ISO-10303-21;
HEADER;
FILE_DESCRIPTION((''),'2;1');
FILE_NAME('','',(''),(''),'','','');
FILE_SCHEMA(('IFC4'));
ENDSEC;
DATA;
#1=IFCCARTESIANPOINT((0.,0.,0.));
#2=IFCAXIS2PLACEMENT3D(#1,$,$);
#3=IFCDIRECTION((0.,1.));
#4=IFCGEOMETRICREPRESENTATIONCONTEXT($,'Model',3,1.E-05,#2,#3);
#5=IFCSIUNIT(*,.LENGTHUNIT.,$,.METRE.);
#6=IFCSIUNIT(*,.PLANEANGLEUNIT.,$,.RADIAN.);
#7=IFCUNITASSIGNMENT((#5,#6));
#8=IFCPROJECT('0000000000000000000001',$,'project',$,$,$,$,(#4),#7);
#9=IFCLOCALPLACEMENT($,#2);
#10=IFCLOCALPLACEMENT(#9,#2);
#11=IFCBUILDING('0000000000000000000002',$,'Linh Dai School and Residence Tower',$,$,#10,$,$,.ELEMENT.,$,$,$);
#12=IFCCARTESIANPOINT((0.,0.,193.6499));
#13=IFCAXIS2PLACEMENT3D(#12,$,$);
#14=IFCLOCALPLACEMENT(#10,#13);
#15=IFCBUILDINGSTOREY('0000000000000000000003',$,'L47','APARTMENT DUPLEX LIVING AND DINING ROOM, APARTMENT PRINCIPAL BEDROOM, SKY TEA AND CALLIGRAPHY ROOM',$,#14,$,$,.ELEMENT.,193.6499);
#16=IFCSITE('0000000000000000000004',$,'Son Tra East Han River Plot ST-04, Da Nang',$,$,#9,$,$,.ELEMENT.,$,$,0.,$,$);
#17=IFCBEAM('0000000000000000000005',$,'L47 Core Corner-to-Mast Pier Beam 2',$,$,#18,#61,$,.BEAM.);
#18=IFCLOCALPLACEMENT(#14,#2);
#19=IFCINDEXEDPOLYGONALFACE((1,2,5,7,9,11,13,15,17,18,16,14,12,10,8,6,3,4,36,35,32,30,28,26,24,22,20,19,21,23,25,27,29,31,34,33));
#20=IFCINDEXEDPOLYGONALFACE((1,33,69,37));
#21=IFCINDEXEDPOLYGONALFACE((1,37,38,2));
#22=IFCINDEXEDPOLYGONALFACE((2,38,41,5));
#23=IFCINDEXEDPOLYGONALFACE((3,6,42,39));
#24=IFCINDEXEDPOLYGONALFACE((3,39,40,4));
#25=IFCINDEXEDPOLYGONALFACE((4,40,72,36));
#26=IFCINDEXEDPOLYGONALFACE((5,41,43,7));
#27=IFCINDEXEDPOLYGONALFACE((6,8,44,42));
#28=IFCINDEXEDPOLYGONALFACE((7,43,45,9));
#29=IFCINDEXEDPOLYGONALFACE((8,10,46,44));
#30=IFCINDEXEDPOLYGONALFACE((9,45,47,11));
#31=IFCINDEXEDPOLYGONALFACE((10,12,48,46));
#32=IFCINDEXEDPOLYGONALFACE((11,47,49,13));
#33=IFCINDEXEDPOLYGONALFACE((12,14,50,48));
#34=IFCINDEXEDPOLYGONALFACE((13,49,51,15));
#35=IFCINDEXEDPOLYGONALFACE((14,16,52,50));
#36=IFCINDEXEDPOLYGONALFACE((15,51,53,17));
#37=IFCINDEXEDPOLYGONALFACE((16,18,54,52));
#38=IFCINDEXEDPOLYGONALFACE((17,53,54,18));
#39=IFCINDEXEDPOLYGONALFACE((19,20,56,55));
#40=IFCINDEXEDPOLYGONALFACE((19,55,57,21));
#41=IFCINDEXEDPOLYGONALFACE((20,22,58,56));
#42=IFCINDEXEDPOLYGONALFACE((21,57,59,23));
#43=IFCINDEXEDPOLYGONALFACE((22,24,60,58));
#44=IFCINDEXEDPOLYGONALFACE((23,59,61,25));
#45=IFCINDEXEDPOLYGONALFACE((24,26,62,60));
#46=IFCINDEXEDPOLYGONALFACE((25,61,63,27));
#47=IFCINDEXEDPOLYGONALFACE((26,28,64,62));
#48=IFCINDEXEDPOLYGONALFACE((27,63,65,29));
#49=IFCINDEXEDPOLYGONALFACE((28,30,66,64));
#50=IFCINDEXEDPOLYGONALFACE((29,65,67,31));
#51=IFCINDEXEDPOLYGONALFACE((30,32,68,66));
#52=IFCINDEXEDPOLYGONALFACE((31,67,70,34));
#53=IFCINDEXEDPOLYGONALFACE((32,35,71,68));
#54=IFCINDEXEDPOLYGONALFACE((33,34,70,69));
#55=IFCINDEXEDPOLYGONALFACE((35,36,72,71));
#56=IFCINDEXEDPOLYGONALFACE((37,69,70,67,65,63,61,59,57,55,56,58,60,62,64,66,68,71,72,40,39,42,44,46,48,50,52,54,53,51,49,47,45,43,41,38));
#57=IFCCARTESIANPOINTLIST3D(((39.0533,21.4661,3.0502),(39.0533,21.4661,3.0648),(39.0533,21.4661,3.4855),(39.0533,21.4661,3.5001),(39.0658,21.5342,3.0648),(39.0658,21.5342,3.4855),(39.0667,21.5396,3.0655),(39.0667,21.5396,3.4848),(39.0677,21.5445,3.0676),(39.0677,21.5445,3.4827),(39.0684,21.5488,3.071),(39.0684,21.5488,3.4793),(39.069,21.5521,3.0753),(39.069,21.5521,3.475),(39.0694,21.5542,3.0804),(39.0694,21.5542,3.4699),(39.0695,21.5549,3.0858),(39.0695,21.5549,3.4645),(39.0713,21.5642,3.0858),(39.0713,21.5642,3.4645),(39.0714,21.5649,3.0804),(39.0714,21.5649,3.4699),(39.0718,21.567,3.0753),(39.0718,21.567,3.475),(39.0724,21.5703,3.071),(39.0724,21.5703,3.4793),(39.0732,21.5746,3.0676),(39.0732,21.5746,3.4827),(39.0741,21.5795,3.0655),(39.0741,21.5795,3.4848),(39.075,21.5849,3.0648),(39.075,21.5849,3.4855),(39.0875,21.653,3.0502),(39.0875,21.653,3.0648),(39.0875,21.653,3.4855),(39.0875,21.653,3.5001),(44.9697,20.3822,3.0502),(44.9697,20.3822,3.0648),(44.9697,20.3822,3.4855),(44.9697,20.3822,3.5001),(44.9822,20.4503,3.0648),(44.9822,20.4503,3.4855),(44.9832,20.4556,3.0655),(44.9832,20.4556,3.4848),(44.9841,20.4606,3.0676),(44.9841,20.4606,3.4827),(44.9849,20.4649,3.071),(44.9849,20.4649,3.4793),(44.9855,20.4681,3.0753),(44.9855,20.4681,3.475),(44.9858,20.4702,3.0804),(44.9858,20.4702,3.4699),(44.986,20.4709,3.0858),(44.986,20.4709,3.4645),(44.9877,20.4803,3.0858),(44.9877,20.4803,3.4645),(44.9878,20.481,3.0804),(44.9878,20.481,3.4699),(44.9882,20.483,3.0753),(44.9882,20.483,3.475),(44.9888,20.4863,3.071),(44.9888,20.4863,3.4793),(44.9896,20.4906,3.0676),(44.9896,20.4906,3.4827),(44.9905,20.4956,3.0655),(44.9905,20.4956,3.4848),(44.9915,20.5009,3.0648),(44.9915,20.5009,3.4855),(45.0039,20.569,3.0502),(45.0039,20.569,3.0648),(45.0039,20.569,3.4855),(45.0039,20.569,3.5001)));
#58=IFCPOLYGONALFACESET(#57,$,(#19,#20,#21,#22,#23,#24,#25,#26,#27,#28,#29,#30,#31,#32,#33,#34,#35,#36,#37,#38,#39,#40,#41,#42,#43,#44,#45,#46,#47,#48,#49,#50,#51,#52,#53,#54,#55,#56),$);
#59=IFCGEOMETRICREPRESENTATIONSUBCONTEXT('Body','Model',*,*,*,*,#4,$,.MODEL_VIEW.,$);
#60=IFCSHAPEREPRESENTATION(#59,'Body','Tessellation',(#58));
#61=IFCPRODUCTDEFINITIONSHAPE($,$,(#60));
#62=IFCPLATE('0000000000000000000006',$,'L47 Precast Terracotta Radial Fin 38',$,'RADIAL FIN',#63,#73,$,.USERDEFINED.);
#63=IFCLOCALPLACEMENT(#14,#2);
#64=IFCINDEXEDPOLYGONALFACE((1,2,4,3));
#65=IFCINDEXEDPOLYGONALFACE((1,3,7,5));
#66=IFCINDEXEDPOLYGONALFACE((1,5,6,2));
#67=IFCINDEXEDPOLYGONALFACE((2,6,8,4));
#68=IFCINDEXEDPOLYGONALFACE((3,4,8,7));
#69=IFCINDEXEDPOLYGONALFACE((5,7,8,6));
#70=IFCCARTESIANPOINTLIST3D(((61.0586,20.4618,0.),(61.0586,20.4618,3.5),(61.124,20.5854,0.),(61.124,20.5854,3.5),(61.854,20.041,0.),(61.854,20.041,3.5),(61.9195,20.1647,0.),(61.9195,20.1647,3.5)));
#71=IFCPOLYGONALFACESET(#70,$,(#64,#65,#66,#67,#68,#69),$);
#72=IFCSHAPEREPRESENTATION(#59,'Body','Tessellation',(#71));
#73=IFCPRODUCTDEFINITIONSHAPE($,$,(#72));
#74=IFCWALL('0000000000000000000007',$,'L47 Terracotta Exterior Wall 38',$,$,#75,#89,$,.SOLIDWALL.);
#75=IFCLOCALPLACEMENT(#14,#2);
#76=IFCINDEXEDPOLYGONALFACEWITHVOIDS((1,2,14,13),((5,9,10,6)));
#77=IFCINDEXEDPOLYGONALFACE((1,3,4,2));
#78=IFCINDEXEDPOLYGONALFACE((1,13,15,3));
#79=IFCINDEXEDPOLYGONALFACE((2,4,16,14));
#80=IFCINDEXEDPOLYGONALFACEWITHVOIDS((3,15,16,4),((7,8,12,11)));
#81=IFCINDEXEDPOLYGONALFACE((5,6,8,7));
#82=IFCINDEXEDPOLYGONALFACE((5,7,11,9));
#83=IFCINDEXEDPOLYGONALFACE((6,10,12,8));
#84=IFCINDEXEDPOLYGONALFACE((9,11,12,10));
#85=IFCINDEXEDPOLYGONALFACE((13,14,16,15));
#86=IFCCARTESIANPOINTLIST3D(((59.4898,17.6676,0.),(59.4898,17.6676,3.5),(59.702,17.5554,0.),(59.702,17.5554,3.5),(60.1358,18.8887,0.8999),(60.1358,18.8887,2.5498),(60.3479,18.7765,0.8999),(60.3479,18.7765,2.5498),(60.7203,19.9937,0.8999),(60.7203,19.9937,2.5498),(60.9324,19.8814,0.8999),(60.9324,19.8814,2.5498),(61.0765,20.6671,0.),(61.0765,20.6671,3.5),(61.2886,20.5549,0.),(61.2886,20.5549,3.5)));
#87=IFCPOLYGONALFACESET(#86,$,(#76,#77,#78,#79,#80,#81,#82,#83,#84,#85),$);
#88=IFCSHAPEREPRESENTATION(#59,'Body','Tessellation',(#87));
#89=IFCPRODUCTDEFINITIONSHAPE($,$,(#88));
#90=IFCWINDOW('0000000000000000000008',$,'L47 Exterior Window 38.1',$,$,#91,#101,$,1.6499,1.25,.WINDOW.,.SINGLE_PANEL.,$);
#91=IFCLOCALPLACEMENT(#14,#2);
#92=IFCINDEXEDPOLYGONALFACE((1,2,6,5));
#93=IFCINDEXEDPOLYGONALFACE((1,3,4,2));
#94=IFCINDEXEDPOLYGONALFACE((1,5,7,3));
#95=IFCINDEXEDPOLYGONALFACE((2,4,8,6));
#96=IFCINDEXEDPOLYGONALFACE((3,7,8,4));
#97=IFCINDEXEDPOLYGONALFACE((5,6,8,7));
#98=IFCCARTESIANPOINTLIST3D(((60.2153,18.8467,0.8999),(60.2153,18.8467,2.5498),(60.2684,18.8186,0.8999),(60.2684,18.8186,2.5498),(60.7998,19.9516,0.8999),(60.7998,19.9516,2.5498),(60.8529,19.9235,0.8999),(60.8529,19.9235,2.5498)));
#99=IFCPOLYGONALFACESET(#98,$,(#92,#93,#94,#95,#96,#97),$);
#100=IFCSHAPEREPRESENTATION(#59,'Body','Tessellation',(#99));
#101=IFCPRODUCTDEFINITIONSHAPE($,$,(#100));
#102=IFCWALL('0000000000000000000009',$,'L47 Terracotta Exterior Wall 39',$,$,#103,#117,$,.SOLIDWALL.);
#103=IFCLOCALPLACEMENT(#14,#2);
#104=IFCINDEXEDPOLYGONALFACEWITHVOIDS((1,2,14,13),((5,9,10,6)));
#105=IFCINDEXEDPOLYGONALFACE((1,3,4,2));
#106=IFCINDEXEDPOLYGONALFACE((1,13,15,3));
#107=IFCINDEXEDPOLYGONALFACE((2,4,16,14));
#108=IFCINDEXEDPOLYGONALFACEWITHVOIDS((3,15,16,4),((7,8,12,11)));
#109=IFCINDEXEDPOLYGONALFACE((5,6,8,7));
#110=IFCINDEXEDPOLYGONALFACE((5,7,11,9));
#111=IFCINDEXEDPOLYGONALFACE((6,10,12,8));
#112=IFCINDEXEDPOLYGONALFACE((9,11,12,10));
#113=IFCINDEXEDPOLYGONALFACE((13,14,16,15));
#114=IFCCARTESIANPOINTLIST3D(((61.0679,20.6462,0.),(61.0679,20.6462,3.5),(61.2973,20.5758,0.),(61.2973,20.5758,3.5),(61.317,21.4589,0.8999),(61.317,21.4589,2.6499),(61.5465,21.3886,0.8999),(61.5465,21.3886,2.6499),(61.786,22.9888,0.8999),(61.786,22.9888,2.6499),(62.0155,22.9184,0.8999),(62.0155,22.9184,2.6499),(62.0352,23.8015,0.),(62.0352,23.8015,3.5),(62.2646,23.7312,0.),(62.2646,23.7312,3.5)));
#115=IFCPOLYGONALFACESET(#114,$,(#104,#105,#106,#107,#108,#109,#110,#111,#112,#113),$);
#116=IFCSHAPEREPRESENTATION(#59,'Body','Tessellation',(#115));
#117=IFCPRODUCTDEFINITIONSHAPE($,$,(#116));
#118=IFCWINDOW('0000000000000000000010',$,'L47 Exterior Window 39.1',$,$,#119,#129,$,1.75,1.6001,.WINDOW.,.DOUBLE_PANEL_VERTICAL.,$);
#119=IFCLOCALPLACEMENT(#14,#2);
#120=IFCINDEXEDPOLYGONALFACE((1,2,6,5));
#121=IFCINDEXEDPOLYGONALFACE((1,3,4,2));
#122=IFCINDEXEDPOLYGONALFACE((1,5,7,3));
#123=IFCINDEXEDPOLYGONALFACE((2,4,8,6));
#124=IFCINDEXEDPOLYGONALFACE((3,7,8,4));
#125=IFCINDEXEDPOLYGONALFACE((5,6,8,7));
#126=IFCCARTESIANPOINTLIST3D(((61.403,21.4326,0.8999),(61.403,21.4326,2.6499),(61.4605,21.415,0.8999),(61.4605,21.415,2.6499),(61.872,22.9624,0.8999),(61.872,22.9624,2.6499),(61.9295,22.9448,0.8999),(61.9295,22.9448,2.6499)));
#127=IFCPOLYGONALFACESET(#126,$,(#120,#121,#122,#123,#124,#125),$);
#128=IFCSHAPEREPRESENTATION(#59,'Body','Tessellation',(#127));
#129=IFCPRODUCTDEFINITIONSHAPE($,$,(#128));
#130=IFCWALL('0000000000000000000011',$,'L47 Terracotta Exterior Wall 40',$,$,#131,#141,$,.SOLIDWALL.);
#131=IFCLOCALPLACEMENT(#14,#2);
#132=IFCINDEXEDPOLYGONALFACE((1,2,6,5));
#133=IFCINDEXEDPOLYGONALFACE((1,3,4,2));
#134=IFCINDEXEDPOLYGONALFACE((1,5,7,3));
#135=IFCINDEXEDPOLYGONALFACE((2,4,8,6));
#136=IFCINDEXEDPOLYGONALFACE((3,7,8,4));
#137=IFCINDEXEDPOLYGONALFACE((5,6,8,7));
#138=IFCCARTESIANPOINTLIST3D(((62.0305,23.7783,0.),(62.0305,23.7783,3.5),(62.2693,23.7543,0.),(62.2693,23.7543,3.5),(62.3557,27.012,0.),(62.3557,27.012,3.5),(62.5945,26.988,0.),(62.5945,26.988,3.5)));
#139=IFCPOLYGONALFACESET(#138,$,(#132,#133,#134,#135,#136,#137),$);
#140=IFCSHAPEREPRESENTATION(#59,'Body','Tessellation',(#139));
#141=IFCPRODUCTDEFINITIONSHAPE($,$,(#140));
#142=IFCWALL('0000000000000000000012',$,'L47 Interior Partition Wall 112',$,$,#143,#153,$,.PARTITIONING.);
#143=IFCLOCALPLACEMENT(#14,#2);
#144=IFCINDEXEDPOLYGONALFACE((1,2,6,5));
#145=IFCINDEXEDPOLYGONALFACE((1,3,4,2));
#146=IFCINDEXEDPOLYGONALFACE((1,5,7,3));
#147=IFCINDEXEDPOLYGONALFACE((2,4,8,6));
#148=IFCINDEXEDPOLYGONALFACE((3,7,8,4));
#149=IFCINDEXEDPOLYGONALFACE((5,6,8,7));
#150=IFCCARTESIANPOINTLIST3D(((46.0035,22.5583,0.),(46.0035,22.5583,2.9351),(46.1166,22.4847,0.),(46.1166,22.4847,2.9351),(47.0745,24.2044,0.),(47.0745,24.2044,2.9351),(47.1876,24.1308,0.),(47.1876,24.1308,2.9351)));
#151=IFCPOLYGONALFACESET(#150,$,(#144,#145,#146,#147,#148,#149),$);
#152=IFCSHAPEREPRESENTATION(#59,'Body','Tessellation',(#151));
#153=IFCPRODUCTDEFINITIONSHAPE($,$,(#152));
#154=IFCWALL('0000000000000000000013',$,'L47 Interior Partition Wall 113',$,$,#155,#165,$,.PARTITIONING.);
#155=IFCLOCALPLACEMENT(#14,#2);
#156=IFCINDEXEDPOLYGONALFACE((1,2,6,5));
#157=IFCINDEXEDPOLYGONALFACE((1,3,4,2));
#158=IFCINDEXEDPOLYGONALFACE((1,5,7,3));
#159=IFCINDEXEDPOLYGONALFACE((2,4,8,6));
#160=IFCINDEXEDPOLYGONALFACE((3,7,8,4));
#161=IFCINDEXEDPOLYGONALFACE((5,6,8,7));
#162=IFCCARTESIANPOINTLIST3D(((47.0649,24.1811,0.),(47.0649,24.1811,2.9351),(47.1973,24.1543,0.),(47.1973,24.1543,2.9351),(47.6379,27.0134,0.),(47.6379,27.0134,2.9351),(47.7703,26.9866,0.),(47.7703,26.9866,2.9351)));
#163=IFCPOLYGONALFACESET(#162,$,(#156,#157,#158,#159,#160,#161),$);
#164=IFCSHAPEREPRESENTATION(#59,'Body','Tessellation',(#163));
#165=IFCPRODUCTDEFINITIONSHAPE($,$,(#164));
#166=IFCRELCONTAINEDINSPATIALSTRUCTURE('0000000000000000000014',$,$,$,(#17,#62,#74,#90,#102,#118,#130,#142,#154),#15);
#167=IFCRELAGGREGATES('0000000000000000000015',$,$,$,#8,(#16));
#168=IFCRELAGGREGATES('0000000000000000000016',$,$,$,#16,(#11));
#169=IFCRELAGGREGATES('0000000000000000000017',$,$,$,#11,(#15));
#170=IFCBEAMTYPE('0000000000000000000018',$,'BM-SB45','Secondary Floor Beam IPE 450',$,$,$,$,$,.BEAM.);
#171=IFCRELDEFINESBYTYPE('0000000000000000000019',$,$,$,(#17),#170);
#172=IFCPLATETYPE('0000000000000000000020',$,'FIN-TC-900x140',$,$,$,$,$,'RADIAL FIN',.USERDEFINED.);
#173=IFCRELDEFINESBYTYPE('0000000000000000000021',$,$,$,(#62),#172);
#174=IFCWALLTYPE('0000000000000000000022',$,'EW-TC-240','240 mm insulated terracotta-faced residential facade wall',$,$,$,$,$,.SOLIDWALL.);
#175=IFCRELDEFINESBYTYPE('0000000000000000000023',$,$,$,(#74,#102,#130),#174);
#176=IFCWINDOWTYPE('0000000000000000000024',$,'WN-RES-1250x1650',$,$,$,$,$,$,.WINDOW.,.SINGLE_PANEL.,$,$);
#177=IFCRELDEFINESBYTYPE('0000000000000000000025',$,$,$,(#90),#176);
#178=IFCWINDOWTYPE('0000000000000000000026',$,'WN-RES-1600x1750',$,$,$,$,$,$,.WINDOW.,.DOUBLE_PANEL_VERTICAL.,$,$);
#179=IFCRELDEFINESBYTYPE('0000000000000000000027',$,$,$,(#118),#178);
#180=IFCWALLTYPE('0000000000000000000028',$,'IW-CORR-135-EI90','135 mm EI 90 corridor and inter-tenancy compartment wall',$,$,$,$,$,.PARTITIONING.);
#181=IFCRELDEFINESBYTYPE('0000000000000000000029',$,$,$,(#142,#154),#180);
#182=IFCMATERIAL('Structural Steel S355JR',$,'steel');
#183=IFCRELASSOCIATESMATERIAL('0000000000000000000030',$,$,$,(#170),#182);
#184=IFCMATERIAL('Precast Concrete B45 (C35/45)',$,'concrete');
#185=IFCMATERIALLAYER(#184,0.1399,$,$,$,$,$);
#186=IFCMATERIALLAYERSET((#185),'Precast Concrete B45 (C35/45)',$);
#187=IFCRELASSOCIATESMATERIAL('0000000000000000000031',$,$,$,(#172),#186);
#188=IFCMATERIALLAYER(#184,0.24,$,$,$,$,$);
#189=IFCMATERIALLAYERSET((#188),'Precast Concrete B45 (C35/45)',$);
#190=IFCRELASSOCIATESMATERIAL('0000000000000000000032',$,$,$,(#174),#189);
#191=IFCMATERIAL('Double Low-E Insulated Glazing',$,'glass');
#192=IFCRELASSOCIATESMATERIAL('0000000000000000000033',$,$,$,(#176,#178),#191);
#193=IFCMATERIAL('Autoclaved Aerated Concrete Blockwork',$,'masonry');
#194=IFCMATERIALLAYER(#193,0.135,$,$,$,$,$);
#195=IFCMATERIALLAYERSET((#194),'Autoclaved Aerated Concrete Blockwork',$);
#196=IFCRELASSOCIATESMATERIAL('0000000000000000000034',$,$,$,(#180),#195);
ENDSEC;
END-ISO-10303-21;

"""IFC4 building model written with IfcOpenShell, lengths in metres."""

from ifc_helpers import new_model, si_unit, direction, frame, frame_2d, origin, origin_2d, place, context, subcontext, project, spatial, rectangle, i_section, extrude, source, transform, mapped, material, layer, layer_set, material_profile, profile_set, type_object, element, fill, save


model = new_model("IFC4")

# Units and contexts
model_context = context("Model", 3, precision=1e-05, world=origin(), true_north=direction((0.0, 1.0)))
body_context = subcontext(model_context, "Body", "Model", "MODEL_VIEW")
ifc_project = project(units=[si_unit("LENGTHUNIT", "METRE"), si_unit("PLANEANGLEUNIT", "RADIAN")], contexts=[model_context])

# Site, building, storey
site_placement = place(None, origin())
site = spatial("IfcSite", under=ifc_project, at=site_placement, Name="Son Tra East Han River Plot ST-04, Da Nang", CompositionType="ELEMENT", RefElevation=0.0)
building_placement = place(site_placement, origin())
building = spatial("IfcBuilding", under=site, at=building_placement, Name="Linh Dai School and Residence Tower", CompositionType="ELEMENT")
storey_placement = place(building_placement, frame((0.0, 0.0, 193.6499)))
storey = spatial("IfcBuildingStorey", under=building, at=storey_placement, Name="L47", Description="APARTMENT DUPLEX LIVING AND DINING ROOM, APARTMENT PRINCIPAL BEDROOM, SKY TEA AND CALLIGRAPHY ROOM", CompositionType="ELEMENT", Elevation=193.6499)

# Shared definitions
ifc_material_1 = material(Name="Structural Steel S355JR", Category="steel")

# Beam
ifc_material_profile_1 = material_profile(ifc_material_1, i_section(OverallWidth=0.1899, OverallDepth=0.45, WebThickness=0.0095, FlangeThickness=0.0146, FilletRadius=0.021, at=origin_2d()), Name="IPE 450")
ifc_profile_set_1 = profile_set([ifc_material_profile_1], Name="Structural Steel S355JR")
beam_type_1 = type_object("IfcBeamType", Name="BM-SB45", Description="Secondary Floor Beam IPE 450", PredefinedType="BEAM", material=ifc_profile_set_1)
beam_1_placement = place(storey_placement, frame((44.9868, 20.4756, 3.2751), z_axis=(-0.983627, 0.180214, 0.0), x_axis=(-0.180214, -0.983627, 0.0)))
element("IfcBeam", 1, at=beam_1_placement, inside=storey, type_object=beam_type_1, Name="L47 Core Corner-to-Mast Pier Beam 2", PredefinedType="BEAM", context=body_context, shape_type="SweptSolid", body=[
    extrude(i_section(OverallWidth=0.1899, OverallDepth=0.45, WebThickness=0.0095, FlangeThickness=0.0146, FilletRadius=0.021, at=origin_2d()), origin(), (0.0, 0.0, 1.0), 6.0149),
])

# Plate
ifc_material_2 = material(Name="Precast Concrete B45 (C35/45)", Category="concrete")
ifc_layer_1 = layer(ifc_material_2, 0.1399)
ifc_layer_set_1 = layer_set([ifc_layer_1], Name="Precast Concrete B45 (C35/45)")
plate_type = type_object("IfcPlateType", Name="FIN-TC-900x140", ElementType="RADIAL FIN", PredefinedType="USERDEFINED", material=ifc_layer_set_1)
shared_shape_1 = source(origin(), body_context, "Body", "SweptSolid", [
    extrude(rectangle(XDim=0.8999, YDim=0.1399, at=origin_2d()), origin(), (0.0, 0.0, 1.0), 3.5),
])
plate_placement = place(storey_placement, frame((61.489, 20.3132, 0.0), z_axis=(0.0, 0.0, 1.0), x_axis=(0.883951, -0.46758, 0.0)))
element("IfcPlate", 2, at=plate_placement, inside=storey, type_object=plate_type, Name="L47 Precast Terracotta Radial Fin 38", ObjectType="RADIAL FIN", PredefinedType="USERDEFINED", context=body_context, shape_type="MappedRepresentation", body=[
    mapped(shared_shape_1, transform((0.0, 0.0, 0.0), x_axis=(1.0, 0.0, 0.0), y_axis=(0.0, 1.0, 0.0), z_axis=(0.0, 0.0, 1.0), scale=1.0)),
])

# Walls, openings, windows
ifc_layer_2 = layer(ifc_material_2, 0.24)
ifc_layer_set_2 = layer_set([ifc_layer_2], Name="Precast Concrete B45 (C35/45)")
wall_type_1 = type_object("IfcWallType", Name="EW-TC-240", Description="240 mm insulated terracotta-faced residential facade wall", PredefinedType="SOLIDWALL", material=ifc_layer_set_2)
wall_1_placement = place(storey_placement, frame((61.1826, 20.6111, 0.0), z_axis=(0.0, 0.0, 1.0), x_axis=(-0.467587, -0.883947, 0.0)))
wall_1 = element("IfcWall", 3, at=wall_1_placement, inside=storey, type_object=wall_type_1, Name="L47 Terracotta Exterior Wall 38", PredefinedType="SOLIDWALL", context=body_context, shape_type="SweptSolid", body=[
    extrude(rectangle(XDim=3.3933, YDim=0.24, at=frame_2d((1.6968, 0.0))), origin(), (0.0, 0.0, 1.0), 3.5),
])
opening_1_placement = place(wall_1_placement, frame((0.762, 0.0, 0.8999)))
opening_1 = element("IfcOpeningElement", 4, at=opening_1_placement, cuts=wall_1, PredefinedType="OPENING", context=body_context, shape_type="SweptSolid", body=[
    extrude(rectangle(XDim=1.25, YDim=1.6499, at=origin_2d()), frame((0.625, 0.1299, 0.825), z_axis=(0.0, -1.0, 0.0), x_axis=(1.0, 0.0, 0.0)), (0.0, 0.0, 1.0), 0.26),
])
ifc_material_3 = material(Name="Double Low-E Insulated Glazing", Category="glass")
window_type_1 = type_object("IfcWindowType", Name="WN-RES-1250x1650", PartitioningType="SINGLE_PANEL", PredefinedType="WINDOW", material=ifc_material_3)
shared_shape_2 = source(origin(), body_context, "Body", "SweptSolid", [
    extrude(rectangle(XDim=1.25, YDim=1.6499, at=origin_2d()), frame((0.625, 0.03, 0.825), z_axis=(0.0, -1.0, 0.0), x_axis=(1.0, 0.0, 0.0)), (0.0, 0.0, 1.0), 0.0601),
])
window_1_placement = place(opening_1_placement, origin())
window_1 = element("IfcWindow", 5, at=window_1_placement, inside=storey, type_object=window_type_1, Name="L47 Exterior Window 38.1", OverallHeight=1.6499, OverallWidth=1.25, PartitioningType="SINGLE_PANEL", PredefinedType="WINDOW", context=body_context, shape_type="MappedRepresentation", body=[
    mapped(shared_shape_2, transform((0.0, 0.0, 0.0), x_axis=(1.0, 0.0, 0.0), y_axis=(0.0, 1.0, 0.0), z_axis=(0.0, 0.0, 1.0), scale=1.0)),
])
fill(opening_1, window_1)
wall_2_placement = place(storey_placement, frame((62.1499, 23.7664, 0.0), z_axis=(0.0, 0.0, 1.0), x_axis=(-0.293098, -0.956082, 0.0)))
wall_2 = element("IfcWall", 6, at=wall_2_placement, inside=storey, type_object=wall_type_1, Name="L47 Terracotta Exterior Wall 39", PredefinedType="SOLIDWALL", context=body_context, shape_type="SweptSolid", body=[
    extrude(rectangle(XDim=3.3003, YDim=0.24, at=frame_2d((1.6501, 0.0))), origin(), (0.0, 0.0, 1.0), 3.5),
])
opening_2_placement = place(wall_2_placement, frame((0.8501, 0.0, 0.8999)))
opening_2 = element("IfcOpeningElement", 7, at=opening_2_placement, cuts=wall_2, PredefinedType="OPENING", context=body_context, shape_type="SweptSolid", body=[
    extrude(rectangle(XDim=1.6001, YDim=1.75, at=origin_2d()), frame((0.8, 0.1299, 0.875), z_axis=(0.0, -1.0, 0.0), x_axis=(1.0, 0.0, 0.0)), (0.0, 0.0, 1.0), 0.26),
])
window_type_2 = type_object("IfcWindowType", Name="WN-RES-1600x1750", PartitioningType="DOUBLE_PANEL_VERTICAL", PredefinedType="WINDOW", material=ifc_material_3)
shared_shape_3 = source(origin(), body_context, "Body", "SweptSolid", [
    extrude(rectangle(XDim=1.6001, YDim=1.75, at=origin_2d()), frame((0.8, 0.03, 0.875), z_axis=(0.0, -1.0, 0.0), x_axis=(1.0, 0.0, 0.0)), (0.0, 0.0, 1.0), 0.0601),
])
window_2_placement = place(opening_2_placement, origin())
window_2 = element("IfcWindow", 8, at=window_2_placement, inside=storey, type_object=window_type_2, Name="L47 Exterior Window 39.1", OverallHeight=1.75, OverallWidth=1.6001, PartitioningType="DOUBLE_PANEL_VERTICAL", PredefinedType="WINDOW", context=body_context, shape_type="MappedRepresentation", body=[
    mapped(shared_shape_3, transform((0.0, 0.0, 0.0), x_axis=(1.0, 0.0, 0.0), y_axis=(0.0, 1.0, 0.0), z_axis=(0.0, 0.0, 1.0), scale=1.0)),
])
fill(opening_2, window_2)

# Walls
wall_3_placement = place(storey_placement, frame((62.4751, 27.0, 0.0), z_axis=(0.0, 0.0, 1.0), x_axis=(-0.100062, -0.994981, 0.0)))
element("IfcWall", 9, at=wall_3_placement, inside=storey, type_object=wall_type_1, Name="L47 Terracotta Exterior Wall 40", PredefinedType="SOLIDWALL", context=body_context, shape_type="SweptSolid", body=[
    extrude(rectangle(XDim=3.25, YDim=0.24, at=frame_2d((1.625, 0.0))), origin(), (0.0, 0.0, 1.0), 3.5),
])
ifc_material_4 = material(Name="Autoclaved Aerated Concrete Blockwork", Category="masonry")
ifc_layer_3 = layer(ifc_material_4, 0.135)
ifc_layer_set_3 = layer_set([ifc_layer_3], Name="Autoclaved Aerated Concrete Blockwork")
wall_type_2 = type_object("IfcWallType", Name="IW-CORR-135-EI90", Description="135 mm EI 90 corridor and inter-tenancy compartment wall", PredefinedType="PARTITIONING", material=ifc_layer_set_3)
wall_4_placement = place(storey_placement, frame((46.0601, 22.5215, 0.0), z_axis=(0.0, 0.0, 1.0), x_axis=(0.545342, 0.838213, 0.0)))
element("IfcWall", 10, at=wall_4_placement, inside=storey, type_object=wall_type_2, Name="L47 Interior Partition Wall 112", PredefinedType="PARTITIONING", context=body_context, shape_type="SweptSolid", body=[
    extrude(rectangle(XDim=1.9639, YDim=0.135, at=frame_2d((0.9819, 0.0))), origin(), (0.0, 0.0, 1.0), 2.9351),
])
wall_5_placement = place(storey_placement, frame((47.1311, 24.1677, 0.0), z_axis=(0.0, 0.0, 1.0), x_axis=(0.198293, 0.980143, 0.0)))
element("IfcWall", 11, at=wall_5_placement, inside=storey, type_object=wall_type_2, Name="L47 Interior Partition Wall 113", PredefinedType="PARTITIONING", context=body_context, shape_type="SweptSolid", body=[
    extrude(rectangle(XDim=2.8896, YDim=0.135, at=frame_2d((1.4448, 0.0))), origin(), (0.0, 0.0, 1.0), 2.9351),
])

save(model, "model.ifc")
